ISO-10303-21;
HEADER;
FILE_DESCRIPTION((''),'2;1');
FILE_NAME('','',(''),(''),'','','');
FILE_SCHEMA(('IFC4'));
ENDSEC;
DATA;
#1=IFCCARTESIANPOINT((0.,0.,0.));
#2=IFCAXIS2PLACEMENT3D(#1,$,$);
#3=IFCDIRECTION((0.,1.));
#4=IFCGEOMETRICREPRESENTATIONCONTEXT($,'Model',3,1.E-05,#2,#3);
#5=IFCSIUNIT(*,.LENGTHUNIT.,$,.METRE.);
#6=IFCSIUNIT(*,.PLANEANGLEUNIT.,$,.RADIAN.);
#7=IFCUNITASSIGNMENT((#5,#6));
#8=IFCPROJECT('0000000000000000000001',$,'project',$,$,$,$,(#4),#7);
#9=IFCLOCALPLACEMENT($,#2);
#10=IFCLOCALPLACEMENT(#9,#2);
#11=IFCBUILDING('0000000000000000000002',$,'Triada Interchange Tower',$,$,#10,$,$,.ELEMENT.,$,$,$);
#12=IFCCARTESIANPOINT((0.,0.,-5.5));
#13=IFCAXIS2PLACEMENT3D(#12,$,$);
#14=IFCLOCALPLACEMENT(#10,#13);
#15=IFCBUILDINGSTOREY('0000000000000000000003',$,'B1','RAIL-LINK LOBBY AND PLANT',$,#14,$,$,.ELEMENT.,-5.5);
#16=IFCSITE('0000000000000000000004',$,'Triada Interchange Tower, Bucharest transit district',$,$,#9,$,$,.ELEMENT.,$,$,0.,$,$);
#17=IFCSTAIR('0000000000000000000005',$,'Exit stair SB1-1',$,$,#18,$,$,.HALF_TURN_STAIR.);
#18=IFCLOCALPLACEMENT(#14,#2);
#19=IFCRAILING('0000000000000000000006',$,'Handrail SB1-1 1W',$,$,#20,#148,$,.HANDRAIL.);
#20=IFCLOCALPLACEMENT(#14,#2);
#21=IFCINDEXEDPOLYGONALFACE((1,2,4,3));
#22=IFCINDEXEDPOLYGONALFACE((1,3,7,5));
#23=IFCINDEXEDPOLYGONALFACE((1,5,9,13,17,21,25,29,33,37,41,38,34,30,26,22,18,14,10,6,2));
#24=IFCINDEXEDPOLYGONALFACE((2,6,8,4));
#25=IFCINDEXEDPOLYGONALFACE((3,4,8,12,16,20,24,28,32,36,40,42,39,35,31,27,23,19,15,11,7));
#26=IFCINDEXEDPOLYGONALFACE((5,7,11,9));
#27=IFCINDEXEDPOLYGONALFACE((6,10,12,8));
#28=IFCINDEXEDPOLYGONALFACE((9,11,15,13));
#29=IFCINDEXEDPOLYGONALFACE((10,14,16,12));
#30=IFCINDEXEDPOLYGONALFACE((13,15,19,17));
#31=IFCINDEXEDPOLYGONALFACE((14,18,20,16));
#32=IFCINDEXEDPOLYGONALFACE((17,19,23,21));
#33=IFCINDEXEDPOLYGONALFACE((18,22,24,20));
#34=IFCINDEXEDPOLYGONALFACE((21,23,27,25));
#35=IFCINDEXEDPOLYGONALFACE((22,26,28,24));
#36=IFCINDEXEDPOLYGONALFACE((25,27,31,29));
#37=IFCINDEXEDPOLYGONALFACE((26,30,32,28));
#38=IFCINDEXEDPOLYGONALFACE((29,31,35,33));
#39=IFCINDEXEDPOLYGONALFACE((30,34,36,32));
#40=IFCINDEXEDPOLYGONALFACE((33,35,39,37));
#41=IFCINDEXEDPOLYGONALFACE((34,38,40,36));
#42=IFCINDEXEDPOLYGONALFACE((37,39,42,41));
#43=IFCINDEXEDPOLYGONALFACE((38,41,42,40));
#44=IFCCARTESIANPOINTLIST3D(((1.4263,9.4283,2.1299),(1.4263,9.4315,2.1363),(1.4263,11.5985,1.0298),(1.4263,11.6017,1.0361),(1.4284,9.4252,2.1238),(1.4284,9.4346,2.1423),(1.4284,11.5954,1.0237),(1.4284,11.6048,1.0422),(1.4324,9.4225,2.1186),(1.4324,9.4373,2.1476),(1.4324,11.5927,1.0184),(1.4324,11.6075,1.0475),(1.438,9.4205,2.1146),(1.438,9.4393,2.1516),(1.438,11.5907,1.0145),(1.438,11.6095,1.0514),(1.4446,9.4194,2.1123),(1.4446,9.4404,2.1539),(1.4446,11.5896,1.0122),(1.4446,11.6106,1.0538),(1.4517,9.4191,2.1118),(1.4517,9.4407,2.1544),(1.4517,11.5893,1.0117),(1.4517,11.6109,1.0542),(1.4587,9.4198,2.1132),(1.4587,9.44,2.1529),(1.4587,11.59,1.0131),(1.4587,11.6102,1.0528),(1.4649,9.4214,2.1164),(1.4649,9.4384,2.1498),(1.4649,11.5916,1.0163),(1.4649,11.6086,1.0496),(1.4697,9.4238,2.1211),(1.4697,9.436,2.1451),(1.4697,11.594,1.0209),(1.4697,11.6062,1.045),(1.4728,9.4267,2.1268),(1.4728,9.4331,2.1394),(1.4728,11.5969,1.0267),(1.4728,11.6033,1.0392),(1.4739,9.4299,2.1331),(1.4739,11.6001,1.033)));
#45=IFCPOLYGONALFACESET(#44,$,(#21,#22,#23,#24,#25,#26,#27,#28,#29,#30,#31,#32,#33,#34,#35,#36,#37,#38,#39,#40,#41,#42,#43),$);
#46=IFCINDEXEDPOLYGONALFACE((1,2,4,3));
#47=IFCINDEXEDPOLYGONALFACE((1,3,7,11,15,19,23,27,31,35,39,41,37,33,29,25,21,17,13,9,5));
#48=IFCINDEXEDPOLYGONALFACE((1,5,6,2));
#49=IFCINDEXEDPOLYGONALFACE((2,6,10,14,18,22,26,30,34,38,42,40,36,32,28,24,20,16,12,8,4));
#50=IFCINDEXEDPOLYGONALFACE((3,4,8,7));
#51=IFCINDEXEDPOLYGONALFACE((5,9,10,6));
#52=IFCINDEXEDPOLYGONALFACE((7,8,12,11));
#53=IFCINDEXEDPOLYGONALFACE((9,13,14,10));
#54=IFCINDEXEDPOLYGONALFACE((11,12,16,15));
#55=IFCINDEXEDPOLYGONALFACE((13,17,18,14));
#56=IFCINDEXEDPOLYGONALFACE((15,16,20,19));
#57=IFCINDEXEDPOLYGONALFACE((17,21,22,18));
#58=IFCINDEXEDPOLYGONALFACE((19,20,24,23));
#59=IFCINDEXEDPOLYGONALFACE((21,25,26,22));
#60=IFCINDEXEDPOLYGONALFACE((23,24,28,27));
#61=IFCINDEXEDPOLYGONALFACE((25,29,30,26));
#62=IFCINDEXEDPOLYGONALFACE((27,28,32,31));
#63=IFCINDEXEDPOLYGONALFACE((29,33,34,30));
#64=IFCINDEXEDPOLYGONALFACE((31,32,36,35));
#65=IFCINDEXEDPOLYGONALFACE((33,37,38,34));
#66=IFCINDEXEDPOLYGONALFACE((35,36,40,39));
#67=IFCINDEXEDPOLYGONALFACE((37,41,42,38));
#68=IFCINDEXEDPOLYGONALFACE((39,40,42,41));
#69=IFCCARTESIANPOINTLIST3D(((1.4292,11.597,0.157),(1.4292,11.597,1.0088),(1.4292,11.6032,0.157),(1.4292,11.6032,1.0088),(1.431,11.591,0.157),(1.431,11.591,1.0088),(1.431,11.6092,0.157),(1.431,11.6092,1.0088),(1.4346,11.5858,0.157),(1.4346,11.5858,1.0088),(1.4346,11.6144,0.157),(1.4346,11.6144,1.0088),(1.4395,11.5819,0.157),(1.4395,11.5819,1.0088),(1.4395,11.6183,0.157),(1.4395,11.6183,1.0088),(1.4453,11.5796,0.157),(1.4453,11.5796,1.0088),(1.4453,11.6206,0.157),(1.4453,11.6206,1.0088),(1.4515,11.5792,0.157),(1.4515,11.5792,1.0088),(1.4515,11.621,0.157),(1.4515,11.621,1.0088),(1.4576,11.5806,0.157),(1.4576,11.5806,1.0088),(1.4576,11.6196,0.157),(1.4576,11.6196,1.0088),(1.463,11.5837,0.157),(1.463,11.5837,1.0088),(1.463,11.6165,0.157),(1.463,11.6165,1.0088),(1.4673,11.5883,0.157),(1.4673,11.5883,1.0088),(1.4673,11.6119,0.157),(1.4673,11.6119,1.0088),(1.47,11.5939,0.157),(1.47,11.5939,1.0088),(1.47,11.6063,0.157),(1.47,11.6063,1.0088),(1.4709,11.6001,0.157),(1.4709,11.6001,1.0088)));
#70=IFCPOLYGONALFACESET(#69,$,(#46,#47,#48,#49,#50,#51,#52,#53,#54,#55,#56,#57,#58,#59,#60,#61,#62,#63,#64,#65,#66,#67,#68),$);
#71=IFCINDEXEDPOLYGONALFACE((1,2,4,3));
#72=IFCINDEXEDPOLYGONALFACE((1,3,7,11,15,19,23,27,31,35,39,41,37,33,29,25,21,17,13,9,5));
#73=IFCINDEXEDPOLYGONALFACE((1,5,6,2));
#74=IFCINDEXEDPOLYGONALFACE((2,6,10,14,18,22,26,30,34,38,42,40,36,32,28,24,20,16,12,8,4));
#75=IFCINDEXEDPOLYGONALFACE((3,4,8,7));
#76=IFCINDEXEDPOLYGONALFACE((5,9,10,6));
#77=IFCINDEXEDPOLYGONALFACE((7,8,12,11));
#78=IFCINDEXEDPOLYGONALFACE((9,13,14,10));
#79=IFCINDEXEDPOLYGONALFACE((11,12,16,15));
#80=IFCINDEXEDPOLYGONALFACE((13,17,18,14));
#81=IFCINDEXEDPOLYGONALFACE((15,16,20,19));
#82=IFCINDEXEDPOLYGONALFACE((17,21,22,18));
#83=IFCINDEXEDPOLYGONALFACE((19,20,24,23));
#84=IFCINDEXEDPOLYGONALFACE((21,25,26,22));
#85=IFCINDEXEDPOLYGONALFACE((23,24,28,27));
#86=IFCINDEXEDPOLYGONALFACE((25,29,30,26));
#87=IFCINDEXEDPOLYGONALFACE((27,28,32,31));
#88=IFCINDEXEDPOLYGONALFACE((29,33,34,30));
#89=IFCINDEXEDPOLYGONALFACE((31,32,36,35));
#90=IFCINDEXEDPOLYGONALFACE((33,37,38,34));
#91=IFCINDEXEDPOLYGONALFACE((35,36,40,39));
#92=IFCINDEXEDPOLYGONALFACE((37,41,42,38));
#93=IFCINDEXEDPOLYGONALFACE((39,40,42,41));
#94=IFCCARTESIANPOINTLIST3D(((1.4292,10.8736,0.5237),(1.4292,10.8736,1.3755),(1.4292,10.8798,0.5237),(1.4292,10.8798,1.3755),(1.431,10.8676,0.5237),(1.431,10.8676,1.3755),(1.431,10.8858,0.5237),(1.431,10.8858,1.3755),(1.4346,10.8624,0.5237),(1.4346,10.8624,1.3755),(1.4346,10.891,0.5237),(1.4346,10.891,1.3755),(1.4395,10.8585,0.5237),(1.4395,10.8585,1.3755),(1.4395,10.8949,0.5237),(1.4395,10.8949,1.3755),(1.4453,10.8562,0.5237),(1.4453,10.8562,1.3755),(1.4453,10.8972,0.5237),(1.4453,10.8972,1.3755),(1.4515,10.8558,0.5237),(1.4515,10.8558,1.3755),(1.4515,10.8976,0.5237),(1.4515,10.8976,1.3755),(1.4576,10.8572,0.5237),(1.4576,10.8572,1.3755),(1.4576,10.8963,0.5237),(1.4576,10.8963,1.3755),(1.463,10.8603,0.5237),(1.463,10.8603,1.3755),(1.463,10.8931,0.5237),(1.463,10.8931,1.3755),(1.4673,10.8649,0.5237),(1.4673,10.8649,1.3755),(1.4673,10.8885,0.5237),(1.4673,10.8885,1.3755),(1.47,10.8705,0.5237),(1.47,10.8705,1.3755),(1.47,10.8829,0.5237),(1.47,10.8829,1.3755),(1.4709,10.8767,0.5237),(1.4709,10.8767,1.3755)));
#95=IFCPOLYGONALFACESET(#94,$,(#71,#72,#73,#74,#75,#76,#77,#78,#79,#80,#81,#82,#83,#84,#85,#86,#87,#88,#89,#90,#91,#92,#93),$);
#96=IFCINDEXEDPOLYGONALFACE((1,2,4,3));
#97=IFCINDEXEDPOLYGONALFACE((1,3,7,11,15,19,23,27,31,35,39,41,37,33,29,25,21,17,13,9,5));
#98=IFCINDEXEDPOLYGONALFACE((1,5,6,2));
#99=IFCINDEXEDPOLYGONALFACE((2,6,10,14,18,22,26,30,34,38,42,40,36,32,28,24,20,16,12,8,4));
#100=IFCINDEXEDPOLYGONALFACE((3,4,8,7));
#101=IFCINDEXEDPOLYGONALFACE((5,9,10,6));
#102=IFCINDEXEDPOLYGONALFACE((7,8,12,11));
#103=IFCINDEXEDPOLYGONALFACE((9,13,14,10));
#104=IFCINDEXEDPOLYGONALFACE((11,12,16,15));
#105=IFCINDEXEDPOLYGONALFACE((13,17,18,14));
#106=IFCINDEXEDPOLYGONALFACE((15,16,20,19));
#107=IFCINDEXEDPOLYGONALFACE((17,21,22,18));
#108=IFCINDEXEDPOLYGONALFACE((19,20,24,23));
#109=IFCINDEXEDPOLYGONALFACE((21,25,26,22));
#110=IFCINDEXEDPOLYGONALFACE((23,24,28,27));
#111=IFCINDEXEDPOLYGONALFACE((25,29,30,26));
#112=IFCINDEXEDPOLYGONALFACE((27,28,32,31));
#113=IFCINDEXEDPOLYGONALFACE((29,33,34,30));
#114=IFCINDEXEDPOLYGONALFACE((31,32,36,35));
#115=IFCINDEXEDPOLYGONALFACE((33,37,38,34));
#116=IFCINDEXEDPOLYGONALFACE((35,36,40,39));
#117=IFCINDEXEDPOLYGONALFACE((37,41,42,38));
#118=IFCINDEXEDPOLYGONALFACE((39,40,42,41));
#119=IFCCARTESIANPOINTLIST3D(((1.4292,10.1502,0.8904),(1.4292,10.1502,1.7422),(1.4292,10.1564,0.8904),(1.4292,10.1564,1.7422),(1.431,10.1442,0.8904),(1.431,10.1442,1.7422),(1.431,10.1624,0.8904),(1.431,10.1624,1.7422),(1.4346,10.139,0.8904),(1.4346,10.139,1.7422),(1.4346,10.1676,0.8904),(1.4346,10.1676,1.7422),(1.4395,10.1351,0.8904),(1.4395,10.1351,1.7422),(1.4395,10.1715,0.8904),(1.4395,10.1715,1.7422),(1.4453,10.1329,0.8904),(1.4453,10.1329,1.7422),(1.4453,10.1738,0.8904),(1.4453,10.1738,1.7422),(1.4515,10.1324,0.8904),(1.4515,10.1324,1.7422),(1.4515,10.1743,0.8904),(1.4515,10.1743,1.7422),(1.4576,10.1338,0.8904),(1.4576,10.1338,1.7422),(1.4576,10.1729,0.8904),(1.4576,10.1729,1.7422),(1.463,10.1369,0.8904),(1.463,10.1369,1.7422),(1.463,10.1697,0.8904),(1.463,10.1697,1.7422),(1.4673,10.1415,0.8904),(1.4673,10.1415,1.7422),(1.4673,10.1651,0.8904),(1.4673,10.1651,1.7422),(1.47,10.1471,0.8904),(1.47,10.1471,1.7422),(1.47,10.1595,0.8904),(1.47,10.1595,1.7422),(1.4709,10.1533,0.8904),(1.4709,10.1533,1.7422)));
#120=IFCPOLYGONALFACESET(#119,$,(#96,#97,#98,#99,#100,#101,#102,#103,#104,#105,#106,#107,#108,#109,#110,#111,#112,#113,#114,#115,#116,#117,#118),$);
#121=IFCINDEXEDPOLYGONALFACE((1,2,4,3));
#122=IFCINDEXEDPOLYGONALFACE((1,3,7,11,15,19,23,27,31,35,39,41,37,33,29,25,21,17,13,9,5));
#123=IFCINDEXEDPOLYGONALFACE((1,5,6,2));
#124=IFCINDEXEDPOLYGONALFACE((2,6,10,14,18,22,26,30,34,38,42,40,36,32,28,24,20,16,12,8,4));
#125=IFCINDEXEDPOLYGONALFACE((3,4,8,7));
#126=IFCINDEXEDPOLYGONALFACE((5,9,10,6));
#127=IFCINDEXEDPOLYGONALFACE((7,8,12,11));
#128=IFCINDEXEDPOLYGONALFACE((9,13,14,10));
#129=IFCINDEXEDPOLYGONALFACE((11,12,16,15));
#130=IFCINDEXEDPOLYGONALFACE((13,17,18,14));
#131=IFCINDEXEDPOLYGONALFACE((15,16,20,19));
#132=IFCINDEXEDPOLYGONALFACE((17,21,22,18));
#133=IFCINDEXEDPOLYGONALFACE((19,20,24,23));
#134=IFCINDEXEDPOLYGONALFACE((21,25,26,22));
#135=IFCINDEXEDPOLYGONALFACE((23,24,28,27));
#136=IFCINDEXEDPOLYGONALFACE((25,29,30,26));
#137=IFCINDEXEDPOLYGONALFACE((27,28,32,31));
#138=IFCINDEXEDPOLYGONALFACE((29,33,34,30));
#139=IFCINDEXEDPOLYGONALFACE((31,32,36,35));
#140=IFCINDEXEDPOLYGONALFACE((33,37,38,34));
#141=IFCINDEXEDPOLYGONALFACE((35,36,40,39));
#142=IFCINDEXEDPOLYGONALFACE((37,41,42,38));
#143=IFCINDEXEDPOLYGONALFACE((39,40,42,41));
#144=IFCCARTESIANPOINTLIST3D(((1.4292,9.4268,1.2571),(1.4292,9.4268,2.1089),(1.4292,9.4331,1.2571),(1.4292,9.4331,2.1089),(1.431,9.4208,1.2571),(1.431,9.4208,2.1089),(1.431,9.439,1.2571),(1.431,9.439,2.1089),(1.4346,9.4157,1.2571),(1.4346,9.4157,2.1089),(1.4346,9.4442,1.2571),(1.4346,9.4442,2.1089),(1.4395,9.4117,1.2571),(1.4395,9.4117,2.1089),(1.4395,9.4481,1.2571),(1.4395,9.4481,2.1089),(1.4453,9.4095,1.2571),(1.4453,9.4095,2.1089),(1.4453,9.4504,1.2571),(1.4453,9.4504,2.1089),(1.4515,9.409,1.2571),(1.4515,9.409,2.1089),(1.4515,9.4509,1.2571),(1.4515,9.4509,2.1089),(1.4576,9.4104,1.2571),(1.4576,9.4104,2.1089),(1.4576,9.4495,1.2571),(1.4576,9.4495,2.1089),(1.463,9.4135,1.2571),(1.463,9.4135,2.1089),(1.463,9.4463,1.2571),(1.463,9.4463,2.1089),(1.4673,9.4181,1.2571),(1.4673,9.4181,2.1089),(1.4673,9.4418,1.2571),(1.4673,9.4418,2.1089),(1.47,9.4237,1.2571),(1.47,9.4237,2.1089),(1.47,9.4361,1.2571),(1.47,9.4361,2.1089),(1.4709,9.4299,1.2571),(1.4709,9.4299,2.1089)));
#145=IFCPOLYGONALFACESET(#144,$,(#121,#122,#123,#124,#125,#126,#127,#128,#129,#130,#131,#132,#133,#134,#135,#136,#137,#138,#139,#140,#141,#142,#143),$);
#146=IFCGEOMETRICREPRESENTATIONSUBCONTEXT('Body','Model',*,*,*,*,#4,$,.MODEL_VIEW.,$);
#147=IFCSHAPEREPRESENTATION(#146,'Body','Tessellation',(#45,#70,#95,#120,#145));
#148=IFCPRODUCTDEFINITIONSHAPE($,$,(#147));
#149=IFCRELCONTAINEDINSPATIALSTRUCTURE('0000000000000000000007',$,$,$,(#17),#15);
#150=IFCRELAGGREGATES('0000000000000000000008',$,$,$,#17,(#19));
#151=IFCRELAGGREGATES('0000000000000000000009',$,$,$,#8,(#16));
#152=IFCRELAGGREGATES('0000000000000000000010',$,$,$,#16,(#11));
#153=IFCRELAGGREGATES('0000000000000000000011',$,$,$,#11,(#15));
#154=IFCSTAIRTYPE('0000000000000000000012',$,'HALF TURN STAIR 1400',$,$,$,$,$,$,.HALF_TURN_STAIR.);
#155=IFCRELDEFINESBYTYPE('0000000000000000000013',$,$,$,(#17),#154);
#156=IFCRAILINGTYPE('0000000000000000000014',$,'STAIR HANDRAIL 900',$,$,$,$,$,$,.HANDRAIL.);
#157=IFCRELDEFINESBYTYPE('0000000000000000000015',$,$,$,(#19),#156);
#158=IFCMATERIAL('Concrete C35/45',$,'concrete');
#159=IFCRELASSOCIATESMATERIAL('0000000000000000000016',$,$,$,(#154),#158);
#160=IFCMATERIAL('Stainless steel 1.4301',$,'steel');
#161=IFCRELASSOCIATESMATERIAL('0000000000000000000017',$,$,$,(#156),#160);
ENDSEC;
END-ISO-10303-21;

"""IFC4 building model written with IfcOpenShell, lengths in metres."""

from ifc_helpers import new_model, si_unit, direction, frame, origin, origin_2d, place, context, subcontext, project, spatial, circle, extrude, material, type_object, element, aggregate, save


model = new_model("IFC4")

# Units and contexts
model_context = context("Model", 3, precision=1e-05, world=origin(), true_north=direction((0.0, 1.0)))
body_context = subcontext(model_context, "Body", "Model", "MODEL_VIEW")
ifc_project = project(units=[si_unit("LENGTHUNIT", "METRE"), si_unit("PLANEANGLEUNIT", "RADIAN")], contexts=[model_context])

# Site, building, storey
site_placement = place(None, origin())
site = spatial("IfcSite", under=ifc_project, at=site_placement, Name="Triada Interchange Tower, Bucharest transit district", CompositionType="ELEMENT", RefElevation=0.0)
building_placement = place(site_placement, origin())
building = spatial("IfcBuilding", under=site, at=building_placement, Name="Triada Interchange Tower", CompositionType="ELEMENT")
storey_placement = place(building_placement, frame((0.0, 0.0, -5.5)))
storey = spatial("IfcBuildingStorey", under=building, at=storey_placement, Name="B1", Description="RAIL-LINK LOBBY AND PLANT", CompositionType="ELEMENT", Elevation=-5.5)

# Shared definitions
ifc_material_1 = material(Name="Concrete C35/45", Category="concrete")

# Stair, railing
stair_type = type_object("IfcStairType", Name="HALF TURN STAIR 1400", PredefinedType="HALF_TURN_STAIR", material=ifc_material_1)
stair_placement = place(storey_placement, origin())
stair = element("IfcStair", 1, at=stair_placement, inside=storey, type_object=stair_type, Name="Exit stair SB1-1", PredefinedType="HALF_TURN_STAIR")
ifc_material_2 = material(Name="Stainless steel 1.4301", Category="steel")
railing_type_1 = type_object("IfcRailingType", Name="STAIR HANDRAIL 900", PredefinedType="HANDRAIL", material=ifc_material_2)
railing_1_placement = place(storey_placement, frame((1.45, 11.6001, 0.157)))
railing_1 = element("IfcRailing", 2, at=railing_1_placement, type_object=railing_type_1, Name="Handrail SB1-1 1W", PredefinedType="HANDRAIL", context=body_context, shape_type="SweptSolid", body=[
    extrude(circle(Radius=0.0239, at=origin_2d()), frame((0.0, 0.0, 0.876), z_axis=(0.0, -0.891945, 0.452144), x_axis=(1.0, 0.0, 0.0)), (0.0, 0.0, 1.0), 2.4331),
    extrude(circle(Radius=0.021, at=origin_2d()), origin(), (0.0, 0.0, 1.0), 0.8518),
    extrude(circle(Radius=0.021, at=origin_2d()), frame((0.0, -0.7234, 0.3667)), (0.0, 0.0, 1.0), 0.8518),
    extrude(circle(Radius=0.021, at=origin_2d()), frame((0.0, -1.4468, 0.7334)), (0.0, 0.0, 1.0), 0.8518),
    extrude(circle(Radius=0.021, at=origin_2d()), frame((0.0, -2.1702, 1.1001)), (0.0, 0.0, 1.0), 0.8518),
])
aggregate(stair, [railing_1])

save(model, "model.ifc")
